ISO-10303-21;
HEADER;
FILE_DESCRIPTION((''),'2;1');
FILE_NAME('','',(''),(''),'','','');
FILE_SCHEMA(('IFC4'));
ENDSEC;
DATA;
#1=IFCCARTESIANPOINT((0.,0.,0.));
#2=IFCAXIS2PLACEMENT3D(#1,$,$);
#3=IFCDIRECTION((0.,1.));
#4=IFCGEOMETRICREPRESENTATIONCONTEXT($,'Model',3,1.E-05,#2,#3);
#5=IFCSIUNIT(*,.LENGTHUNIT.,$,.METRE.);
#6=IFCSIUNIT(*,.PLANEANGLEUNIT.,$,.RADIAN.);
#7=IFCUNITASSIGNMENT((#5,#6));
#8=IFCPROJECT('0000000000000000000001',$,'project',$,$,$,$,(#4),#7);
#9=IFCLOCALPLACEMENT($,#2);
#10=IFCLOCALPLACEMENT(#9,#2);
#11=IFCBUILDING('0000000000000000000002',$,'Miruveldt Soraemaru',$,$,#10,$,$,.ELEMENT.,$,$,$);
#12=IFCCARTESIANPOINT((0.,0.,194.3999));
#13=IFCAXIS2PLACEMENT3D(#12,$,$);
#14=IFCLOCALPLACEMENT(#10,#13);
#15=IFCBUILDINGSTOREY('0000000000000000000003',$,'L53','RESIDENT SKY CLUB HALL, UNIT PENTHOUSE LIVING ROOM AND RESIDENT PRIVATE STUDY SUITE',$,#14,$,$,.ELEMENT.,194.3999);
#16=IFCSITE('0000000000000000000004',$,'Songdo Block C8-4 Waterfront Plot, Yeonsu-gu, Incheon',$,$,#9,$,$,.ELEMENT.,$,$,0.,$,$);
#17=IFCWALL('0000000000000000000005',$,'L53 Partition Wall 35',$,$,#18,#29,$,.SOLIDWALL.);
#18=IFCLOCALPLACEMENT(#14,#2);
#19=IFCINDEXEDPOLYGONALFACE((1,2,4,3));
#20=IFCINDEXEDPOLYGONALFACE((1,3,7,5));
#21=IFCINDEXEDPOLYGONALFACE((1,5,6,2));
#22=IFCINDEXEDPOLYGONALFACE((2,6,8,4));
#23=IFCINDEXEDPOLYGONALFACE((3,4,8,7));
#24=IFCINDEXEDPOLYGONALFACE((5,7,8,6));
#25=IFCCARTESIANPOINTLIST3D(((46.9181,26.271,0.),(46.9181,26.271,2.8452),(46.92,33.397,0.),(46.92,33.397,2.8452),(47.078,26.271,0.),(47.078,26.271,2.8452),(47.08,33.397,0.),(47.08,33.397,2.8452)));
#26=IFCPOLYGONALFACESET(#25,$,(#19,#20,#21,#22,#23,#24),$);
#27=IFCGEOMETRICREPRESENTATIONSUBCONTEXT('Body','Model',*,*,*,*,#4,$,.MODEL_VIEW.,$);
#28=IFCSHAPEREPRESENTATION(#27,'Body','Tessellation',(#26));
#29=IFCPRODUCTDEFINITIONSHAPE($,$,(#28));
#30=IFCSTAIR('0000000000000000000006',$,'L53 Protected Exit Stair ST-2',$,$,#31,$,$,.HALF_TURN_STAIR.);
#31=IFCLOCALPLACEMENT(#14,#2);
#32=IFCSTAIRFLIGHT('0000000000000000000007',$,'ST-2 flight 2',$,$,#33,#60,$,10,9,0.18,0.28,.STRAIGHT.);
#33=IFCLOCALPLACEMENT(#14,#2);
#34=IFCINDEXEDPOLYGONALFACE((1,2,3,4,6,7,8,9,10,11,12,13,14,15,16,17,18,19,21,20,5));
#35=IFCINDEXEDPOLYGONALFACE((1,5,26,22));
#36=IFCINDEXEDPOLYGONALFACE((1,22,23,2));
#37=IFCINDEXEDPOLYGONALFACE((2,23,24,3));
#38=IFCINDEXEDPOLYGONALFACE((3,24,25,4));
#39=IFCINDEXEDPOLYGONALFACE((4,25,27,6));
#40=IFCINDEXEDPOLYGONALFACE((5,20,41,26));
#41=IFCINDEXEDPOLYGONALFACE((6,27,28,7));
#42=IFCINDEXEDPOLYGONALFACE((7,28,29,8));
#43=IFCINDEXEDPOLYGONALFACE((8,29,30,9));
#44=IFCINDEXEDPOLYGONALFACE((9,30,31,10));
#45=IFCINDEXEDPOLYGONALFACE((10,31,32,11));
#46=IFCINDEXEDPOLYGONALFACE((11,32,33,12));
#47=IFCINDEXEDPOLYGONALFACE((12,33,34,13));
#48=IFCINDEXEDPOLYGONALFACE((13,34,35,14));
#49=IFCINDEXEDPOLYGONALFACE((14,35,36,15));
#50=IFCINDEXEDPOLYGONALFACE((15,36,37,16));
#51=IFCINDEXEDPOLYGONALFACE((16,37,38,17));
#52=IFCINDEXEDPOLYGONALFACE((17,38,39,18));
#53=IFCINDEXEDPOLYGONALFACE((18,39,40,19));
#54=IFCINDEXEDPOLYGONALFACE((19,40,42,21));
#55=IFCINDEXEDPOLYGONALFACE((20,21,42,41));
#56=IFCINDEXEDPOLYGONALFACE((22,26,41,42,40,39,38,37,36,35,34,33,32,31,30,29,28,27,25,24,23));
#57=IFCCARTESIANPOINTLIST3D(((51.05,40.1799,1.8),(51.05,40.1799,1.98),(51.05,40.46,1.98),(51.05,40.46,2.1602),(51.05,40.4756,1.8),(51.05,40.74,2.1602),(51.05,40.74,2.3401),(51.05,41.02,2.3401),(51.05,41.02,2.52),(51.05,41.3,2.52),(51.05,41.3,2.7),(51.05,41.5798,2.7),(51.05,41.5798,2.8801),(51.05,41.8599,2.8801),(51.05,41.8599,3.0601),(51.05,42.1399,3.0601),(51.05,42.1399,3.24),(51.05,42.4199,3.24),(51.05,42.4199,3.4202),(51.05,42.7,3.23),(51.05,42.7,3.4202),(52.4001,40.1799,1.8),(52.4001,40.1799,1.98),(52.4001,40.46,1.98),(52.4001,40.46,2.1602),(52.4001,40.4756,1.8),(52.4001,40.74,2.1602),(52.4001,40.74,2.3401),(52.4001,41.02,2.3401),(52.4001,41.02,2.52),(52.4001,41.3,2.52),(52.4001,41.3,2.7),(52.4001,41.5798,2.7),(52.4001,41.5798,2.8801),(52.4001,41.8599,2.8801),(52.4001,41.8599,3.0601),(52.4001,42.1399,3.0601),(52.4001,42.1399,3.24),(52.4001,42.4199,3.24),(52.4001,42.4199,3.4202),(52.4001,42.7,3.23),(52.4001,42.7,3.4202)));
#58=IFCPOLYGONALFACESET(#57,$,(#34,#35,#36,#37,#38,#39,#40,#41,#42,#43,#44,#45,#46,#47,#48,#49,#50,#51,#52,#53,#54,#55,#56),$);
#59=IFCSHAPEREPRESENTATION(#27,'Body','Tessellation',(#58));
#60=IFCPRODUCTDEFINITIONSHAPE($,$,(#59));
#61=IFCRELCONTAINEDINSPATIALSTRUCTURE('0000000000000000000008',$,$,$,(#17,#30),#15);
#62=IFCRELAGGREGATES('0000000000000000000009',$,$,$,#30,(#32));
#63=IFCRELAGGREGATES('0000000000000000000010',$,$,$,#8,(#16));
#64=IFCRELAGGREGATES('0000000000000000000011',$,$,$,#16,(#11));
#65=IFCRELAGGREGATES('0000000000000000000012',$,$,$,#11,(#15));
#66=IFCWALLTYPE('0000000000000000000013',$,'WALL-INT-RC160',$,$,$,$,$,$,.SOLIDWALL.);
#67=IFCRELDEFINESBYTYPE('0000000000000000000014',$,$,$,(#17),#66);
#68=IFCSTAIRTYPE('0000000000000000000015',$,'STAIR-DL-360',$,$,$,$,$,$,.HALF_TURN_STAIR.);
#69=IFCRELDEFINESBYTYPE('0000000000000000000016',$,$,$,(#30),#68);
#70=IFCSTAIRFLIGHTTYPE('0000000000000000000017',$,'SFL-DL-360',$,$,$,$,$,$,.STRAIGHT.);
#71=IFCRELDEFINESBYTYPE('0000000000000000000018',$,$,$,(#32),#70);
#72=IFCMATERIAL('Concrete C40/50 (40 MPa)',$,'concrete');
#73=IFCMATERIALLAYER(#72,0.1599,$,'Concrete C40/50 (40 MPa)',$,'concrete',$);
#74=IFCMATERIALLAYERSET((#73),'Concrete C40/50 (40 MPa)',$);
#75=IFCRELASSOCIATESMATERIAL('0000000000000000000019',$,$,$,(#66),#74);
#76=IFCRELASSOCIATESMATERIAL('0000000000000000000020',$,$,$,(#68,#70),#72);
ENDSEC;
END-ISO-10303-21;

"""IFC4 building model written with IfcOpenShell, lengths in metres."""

from ifc_helpers import new_model, si_unit, direction, frame, frame_2d, origin, place, context, subcontext, project, spatial, polyline, rectangle, outline, extrude, material, layer, layer_set, type_object, element, aggregate, save


model = new_model("IFC4")

# Units and contexts
model_context = context("Model", 3, precision=1e-05, world=origin(), true_north=direction((0.0, 1.0)))
body_context = subcontext(model_context, "Body", "Model", "MODEL_VIEW")
ifc_project = project(units=[si_unit("LENGTHUNIT", "METRE"), si_unit("PLANEANGLEUNIT", "RADIAN")], contexts=[model_context])

# Site, building, storey
site_placement = place(None, origin())
site = spatial("IfcSite", under=ifc_project, at=site_placement, Name="Songdo Block C8-4 Waterfront Plot, Yeonsu-gu, Incheon", CompositionType="ELEMENT", RefElevation=0.0)
building_placement = place(site_placement, origin())
building = spatial("IfcBuilding", under=site, at=building_placement, Name="Miruveldt Soraemaru", CompositionType="ELEMENT")
storey_placement = place(building_placement, frame((0.0, 0.0, 194.3999)))
storey = spatial("IfcBuildingStorey", under=building, at=storey_placement, Name="L53", Description="RESIDENT SKY CLUB HALL, UNIT PENTHOUSE LIVING ROOM AND RESIDENT PRIVATE STUDY SUITE", CompositionType="ELEMENT", Elevation=194.3999)

# Shared definitions
ifc_material_1 = material(Name="Concrete C40/50 (40 MPa)", Category="concrete")
ifc_layer_1 = layer(ifc_material_1, 0.1599, Name="Concrete C40/50 (40 MPa)", Category="concrete")
ifc_layer_set_1 = layer_set([ifc_layer_1], Name="Concrete C40/50 (40 MPa)")
wall_type_1 = type_object("IfcWallType", Name="WALL-INT-RC160", PredefinedType="SOLIDWALL", material=ifc_layer_set_1)

# Wall
wall_1_placement = place(storey_placement, frame((46.998, 26.271, 0.0), z_axis=(0.0, 0.0, 1.0), x_axis=(0.000274, 1.0, 0.0)))
element("IfcWall", 1, at=wall_1_placement, inside=storey, type_object=wall_type_1, Name="L53 Partition Wall 35", PredefinedType="SOLIDWALL", context=body_context, shape_type="SweptSolid", body=[
    extrude(rectangle(XDim=7.126, YDim=0.1599, at=frame_2d((3.563, 0.0))), origin(), (0.0, 0.0, 1.0), 2.8452),
])

# Stair, stair flight
stair_type = type_object("IfcStairType", Name="STAIR-DL-360", PredefinedType="HALF_TURN_STAIR", material=ifc_material_1)
stair_placement = place(storey_placement, origin())
stair = element("IfcStair", 2, at=stair_placement, inside=storey, type_object=stair_type, Name="L53 Protected Exit Stair ST-2", PredefinedType="HALF_TURN_STAIR")
stair_flight_type = type_object("IfcStairFlightType", Name="SFL-DL-360", PredefinedType="STRAIGHT", material=ifc_material_1)
stair_flight_placement = place(storey_placement, frame((51.7251, 40.1799, 1.8), z_axis=(0.0, 0.0, 1.0), x_axis=(0.0, 1.0, 0.0)))
stair_flight = element("IfcStairFlight", 3, at=stair_flight_placement, type_object=stair_flight_type, Name="ST-2 flight 2", NumberOfRisers=10, NumberOfTreads=9, PredefinedType="STRAIGHT", RiserHeight=0.18, TreadLength=0.28, context=body_context, shape_type="SweptSolid", body=[
    extrude(outline(polyline([(0.0, 0.0), (0.0, 0.1799), (0.28, 0.1799), (0.28, 0.3601), (0.5601, 0.3601), (0.5601, 0.54), (0.8401, 0.54), (0.8401, 0.72), (1.1201, 0.72), (1.1201, 0.8999), (1.3999, 0.8999), (1.3999, 1.0801), (1.6799, 1.0801), (1.6799, 1.26), (1.96, 1.26), (1.96, 1.4399), (2.24, 1.4399), (2.24, 1.6201), (2.52, 1.6201), (2.52, 1.8), (2.52, 1.4299), (0.2957, 0.0), (0.0, 0.0)])), frame((0.0, 0.675, 0.0), z_axis=(0.0, -1.0, 0.0), x_axis=(1.0, 0.0, 0.0)), (0.0, 0.0, 1.0), 1.3501),
])
aggregate(stair, [stair_flight])

save(model, "model.ifc")
